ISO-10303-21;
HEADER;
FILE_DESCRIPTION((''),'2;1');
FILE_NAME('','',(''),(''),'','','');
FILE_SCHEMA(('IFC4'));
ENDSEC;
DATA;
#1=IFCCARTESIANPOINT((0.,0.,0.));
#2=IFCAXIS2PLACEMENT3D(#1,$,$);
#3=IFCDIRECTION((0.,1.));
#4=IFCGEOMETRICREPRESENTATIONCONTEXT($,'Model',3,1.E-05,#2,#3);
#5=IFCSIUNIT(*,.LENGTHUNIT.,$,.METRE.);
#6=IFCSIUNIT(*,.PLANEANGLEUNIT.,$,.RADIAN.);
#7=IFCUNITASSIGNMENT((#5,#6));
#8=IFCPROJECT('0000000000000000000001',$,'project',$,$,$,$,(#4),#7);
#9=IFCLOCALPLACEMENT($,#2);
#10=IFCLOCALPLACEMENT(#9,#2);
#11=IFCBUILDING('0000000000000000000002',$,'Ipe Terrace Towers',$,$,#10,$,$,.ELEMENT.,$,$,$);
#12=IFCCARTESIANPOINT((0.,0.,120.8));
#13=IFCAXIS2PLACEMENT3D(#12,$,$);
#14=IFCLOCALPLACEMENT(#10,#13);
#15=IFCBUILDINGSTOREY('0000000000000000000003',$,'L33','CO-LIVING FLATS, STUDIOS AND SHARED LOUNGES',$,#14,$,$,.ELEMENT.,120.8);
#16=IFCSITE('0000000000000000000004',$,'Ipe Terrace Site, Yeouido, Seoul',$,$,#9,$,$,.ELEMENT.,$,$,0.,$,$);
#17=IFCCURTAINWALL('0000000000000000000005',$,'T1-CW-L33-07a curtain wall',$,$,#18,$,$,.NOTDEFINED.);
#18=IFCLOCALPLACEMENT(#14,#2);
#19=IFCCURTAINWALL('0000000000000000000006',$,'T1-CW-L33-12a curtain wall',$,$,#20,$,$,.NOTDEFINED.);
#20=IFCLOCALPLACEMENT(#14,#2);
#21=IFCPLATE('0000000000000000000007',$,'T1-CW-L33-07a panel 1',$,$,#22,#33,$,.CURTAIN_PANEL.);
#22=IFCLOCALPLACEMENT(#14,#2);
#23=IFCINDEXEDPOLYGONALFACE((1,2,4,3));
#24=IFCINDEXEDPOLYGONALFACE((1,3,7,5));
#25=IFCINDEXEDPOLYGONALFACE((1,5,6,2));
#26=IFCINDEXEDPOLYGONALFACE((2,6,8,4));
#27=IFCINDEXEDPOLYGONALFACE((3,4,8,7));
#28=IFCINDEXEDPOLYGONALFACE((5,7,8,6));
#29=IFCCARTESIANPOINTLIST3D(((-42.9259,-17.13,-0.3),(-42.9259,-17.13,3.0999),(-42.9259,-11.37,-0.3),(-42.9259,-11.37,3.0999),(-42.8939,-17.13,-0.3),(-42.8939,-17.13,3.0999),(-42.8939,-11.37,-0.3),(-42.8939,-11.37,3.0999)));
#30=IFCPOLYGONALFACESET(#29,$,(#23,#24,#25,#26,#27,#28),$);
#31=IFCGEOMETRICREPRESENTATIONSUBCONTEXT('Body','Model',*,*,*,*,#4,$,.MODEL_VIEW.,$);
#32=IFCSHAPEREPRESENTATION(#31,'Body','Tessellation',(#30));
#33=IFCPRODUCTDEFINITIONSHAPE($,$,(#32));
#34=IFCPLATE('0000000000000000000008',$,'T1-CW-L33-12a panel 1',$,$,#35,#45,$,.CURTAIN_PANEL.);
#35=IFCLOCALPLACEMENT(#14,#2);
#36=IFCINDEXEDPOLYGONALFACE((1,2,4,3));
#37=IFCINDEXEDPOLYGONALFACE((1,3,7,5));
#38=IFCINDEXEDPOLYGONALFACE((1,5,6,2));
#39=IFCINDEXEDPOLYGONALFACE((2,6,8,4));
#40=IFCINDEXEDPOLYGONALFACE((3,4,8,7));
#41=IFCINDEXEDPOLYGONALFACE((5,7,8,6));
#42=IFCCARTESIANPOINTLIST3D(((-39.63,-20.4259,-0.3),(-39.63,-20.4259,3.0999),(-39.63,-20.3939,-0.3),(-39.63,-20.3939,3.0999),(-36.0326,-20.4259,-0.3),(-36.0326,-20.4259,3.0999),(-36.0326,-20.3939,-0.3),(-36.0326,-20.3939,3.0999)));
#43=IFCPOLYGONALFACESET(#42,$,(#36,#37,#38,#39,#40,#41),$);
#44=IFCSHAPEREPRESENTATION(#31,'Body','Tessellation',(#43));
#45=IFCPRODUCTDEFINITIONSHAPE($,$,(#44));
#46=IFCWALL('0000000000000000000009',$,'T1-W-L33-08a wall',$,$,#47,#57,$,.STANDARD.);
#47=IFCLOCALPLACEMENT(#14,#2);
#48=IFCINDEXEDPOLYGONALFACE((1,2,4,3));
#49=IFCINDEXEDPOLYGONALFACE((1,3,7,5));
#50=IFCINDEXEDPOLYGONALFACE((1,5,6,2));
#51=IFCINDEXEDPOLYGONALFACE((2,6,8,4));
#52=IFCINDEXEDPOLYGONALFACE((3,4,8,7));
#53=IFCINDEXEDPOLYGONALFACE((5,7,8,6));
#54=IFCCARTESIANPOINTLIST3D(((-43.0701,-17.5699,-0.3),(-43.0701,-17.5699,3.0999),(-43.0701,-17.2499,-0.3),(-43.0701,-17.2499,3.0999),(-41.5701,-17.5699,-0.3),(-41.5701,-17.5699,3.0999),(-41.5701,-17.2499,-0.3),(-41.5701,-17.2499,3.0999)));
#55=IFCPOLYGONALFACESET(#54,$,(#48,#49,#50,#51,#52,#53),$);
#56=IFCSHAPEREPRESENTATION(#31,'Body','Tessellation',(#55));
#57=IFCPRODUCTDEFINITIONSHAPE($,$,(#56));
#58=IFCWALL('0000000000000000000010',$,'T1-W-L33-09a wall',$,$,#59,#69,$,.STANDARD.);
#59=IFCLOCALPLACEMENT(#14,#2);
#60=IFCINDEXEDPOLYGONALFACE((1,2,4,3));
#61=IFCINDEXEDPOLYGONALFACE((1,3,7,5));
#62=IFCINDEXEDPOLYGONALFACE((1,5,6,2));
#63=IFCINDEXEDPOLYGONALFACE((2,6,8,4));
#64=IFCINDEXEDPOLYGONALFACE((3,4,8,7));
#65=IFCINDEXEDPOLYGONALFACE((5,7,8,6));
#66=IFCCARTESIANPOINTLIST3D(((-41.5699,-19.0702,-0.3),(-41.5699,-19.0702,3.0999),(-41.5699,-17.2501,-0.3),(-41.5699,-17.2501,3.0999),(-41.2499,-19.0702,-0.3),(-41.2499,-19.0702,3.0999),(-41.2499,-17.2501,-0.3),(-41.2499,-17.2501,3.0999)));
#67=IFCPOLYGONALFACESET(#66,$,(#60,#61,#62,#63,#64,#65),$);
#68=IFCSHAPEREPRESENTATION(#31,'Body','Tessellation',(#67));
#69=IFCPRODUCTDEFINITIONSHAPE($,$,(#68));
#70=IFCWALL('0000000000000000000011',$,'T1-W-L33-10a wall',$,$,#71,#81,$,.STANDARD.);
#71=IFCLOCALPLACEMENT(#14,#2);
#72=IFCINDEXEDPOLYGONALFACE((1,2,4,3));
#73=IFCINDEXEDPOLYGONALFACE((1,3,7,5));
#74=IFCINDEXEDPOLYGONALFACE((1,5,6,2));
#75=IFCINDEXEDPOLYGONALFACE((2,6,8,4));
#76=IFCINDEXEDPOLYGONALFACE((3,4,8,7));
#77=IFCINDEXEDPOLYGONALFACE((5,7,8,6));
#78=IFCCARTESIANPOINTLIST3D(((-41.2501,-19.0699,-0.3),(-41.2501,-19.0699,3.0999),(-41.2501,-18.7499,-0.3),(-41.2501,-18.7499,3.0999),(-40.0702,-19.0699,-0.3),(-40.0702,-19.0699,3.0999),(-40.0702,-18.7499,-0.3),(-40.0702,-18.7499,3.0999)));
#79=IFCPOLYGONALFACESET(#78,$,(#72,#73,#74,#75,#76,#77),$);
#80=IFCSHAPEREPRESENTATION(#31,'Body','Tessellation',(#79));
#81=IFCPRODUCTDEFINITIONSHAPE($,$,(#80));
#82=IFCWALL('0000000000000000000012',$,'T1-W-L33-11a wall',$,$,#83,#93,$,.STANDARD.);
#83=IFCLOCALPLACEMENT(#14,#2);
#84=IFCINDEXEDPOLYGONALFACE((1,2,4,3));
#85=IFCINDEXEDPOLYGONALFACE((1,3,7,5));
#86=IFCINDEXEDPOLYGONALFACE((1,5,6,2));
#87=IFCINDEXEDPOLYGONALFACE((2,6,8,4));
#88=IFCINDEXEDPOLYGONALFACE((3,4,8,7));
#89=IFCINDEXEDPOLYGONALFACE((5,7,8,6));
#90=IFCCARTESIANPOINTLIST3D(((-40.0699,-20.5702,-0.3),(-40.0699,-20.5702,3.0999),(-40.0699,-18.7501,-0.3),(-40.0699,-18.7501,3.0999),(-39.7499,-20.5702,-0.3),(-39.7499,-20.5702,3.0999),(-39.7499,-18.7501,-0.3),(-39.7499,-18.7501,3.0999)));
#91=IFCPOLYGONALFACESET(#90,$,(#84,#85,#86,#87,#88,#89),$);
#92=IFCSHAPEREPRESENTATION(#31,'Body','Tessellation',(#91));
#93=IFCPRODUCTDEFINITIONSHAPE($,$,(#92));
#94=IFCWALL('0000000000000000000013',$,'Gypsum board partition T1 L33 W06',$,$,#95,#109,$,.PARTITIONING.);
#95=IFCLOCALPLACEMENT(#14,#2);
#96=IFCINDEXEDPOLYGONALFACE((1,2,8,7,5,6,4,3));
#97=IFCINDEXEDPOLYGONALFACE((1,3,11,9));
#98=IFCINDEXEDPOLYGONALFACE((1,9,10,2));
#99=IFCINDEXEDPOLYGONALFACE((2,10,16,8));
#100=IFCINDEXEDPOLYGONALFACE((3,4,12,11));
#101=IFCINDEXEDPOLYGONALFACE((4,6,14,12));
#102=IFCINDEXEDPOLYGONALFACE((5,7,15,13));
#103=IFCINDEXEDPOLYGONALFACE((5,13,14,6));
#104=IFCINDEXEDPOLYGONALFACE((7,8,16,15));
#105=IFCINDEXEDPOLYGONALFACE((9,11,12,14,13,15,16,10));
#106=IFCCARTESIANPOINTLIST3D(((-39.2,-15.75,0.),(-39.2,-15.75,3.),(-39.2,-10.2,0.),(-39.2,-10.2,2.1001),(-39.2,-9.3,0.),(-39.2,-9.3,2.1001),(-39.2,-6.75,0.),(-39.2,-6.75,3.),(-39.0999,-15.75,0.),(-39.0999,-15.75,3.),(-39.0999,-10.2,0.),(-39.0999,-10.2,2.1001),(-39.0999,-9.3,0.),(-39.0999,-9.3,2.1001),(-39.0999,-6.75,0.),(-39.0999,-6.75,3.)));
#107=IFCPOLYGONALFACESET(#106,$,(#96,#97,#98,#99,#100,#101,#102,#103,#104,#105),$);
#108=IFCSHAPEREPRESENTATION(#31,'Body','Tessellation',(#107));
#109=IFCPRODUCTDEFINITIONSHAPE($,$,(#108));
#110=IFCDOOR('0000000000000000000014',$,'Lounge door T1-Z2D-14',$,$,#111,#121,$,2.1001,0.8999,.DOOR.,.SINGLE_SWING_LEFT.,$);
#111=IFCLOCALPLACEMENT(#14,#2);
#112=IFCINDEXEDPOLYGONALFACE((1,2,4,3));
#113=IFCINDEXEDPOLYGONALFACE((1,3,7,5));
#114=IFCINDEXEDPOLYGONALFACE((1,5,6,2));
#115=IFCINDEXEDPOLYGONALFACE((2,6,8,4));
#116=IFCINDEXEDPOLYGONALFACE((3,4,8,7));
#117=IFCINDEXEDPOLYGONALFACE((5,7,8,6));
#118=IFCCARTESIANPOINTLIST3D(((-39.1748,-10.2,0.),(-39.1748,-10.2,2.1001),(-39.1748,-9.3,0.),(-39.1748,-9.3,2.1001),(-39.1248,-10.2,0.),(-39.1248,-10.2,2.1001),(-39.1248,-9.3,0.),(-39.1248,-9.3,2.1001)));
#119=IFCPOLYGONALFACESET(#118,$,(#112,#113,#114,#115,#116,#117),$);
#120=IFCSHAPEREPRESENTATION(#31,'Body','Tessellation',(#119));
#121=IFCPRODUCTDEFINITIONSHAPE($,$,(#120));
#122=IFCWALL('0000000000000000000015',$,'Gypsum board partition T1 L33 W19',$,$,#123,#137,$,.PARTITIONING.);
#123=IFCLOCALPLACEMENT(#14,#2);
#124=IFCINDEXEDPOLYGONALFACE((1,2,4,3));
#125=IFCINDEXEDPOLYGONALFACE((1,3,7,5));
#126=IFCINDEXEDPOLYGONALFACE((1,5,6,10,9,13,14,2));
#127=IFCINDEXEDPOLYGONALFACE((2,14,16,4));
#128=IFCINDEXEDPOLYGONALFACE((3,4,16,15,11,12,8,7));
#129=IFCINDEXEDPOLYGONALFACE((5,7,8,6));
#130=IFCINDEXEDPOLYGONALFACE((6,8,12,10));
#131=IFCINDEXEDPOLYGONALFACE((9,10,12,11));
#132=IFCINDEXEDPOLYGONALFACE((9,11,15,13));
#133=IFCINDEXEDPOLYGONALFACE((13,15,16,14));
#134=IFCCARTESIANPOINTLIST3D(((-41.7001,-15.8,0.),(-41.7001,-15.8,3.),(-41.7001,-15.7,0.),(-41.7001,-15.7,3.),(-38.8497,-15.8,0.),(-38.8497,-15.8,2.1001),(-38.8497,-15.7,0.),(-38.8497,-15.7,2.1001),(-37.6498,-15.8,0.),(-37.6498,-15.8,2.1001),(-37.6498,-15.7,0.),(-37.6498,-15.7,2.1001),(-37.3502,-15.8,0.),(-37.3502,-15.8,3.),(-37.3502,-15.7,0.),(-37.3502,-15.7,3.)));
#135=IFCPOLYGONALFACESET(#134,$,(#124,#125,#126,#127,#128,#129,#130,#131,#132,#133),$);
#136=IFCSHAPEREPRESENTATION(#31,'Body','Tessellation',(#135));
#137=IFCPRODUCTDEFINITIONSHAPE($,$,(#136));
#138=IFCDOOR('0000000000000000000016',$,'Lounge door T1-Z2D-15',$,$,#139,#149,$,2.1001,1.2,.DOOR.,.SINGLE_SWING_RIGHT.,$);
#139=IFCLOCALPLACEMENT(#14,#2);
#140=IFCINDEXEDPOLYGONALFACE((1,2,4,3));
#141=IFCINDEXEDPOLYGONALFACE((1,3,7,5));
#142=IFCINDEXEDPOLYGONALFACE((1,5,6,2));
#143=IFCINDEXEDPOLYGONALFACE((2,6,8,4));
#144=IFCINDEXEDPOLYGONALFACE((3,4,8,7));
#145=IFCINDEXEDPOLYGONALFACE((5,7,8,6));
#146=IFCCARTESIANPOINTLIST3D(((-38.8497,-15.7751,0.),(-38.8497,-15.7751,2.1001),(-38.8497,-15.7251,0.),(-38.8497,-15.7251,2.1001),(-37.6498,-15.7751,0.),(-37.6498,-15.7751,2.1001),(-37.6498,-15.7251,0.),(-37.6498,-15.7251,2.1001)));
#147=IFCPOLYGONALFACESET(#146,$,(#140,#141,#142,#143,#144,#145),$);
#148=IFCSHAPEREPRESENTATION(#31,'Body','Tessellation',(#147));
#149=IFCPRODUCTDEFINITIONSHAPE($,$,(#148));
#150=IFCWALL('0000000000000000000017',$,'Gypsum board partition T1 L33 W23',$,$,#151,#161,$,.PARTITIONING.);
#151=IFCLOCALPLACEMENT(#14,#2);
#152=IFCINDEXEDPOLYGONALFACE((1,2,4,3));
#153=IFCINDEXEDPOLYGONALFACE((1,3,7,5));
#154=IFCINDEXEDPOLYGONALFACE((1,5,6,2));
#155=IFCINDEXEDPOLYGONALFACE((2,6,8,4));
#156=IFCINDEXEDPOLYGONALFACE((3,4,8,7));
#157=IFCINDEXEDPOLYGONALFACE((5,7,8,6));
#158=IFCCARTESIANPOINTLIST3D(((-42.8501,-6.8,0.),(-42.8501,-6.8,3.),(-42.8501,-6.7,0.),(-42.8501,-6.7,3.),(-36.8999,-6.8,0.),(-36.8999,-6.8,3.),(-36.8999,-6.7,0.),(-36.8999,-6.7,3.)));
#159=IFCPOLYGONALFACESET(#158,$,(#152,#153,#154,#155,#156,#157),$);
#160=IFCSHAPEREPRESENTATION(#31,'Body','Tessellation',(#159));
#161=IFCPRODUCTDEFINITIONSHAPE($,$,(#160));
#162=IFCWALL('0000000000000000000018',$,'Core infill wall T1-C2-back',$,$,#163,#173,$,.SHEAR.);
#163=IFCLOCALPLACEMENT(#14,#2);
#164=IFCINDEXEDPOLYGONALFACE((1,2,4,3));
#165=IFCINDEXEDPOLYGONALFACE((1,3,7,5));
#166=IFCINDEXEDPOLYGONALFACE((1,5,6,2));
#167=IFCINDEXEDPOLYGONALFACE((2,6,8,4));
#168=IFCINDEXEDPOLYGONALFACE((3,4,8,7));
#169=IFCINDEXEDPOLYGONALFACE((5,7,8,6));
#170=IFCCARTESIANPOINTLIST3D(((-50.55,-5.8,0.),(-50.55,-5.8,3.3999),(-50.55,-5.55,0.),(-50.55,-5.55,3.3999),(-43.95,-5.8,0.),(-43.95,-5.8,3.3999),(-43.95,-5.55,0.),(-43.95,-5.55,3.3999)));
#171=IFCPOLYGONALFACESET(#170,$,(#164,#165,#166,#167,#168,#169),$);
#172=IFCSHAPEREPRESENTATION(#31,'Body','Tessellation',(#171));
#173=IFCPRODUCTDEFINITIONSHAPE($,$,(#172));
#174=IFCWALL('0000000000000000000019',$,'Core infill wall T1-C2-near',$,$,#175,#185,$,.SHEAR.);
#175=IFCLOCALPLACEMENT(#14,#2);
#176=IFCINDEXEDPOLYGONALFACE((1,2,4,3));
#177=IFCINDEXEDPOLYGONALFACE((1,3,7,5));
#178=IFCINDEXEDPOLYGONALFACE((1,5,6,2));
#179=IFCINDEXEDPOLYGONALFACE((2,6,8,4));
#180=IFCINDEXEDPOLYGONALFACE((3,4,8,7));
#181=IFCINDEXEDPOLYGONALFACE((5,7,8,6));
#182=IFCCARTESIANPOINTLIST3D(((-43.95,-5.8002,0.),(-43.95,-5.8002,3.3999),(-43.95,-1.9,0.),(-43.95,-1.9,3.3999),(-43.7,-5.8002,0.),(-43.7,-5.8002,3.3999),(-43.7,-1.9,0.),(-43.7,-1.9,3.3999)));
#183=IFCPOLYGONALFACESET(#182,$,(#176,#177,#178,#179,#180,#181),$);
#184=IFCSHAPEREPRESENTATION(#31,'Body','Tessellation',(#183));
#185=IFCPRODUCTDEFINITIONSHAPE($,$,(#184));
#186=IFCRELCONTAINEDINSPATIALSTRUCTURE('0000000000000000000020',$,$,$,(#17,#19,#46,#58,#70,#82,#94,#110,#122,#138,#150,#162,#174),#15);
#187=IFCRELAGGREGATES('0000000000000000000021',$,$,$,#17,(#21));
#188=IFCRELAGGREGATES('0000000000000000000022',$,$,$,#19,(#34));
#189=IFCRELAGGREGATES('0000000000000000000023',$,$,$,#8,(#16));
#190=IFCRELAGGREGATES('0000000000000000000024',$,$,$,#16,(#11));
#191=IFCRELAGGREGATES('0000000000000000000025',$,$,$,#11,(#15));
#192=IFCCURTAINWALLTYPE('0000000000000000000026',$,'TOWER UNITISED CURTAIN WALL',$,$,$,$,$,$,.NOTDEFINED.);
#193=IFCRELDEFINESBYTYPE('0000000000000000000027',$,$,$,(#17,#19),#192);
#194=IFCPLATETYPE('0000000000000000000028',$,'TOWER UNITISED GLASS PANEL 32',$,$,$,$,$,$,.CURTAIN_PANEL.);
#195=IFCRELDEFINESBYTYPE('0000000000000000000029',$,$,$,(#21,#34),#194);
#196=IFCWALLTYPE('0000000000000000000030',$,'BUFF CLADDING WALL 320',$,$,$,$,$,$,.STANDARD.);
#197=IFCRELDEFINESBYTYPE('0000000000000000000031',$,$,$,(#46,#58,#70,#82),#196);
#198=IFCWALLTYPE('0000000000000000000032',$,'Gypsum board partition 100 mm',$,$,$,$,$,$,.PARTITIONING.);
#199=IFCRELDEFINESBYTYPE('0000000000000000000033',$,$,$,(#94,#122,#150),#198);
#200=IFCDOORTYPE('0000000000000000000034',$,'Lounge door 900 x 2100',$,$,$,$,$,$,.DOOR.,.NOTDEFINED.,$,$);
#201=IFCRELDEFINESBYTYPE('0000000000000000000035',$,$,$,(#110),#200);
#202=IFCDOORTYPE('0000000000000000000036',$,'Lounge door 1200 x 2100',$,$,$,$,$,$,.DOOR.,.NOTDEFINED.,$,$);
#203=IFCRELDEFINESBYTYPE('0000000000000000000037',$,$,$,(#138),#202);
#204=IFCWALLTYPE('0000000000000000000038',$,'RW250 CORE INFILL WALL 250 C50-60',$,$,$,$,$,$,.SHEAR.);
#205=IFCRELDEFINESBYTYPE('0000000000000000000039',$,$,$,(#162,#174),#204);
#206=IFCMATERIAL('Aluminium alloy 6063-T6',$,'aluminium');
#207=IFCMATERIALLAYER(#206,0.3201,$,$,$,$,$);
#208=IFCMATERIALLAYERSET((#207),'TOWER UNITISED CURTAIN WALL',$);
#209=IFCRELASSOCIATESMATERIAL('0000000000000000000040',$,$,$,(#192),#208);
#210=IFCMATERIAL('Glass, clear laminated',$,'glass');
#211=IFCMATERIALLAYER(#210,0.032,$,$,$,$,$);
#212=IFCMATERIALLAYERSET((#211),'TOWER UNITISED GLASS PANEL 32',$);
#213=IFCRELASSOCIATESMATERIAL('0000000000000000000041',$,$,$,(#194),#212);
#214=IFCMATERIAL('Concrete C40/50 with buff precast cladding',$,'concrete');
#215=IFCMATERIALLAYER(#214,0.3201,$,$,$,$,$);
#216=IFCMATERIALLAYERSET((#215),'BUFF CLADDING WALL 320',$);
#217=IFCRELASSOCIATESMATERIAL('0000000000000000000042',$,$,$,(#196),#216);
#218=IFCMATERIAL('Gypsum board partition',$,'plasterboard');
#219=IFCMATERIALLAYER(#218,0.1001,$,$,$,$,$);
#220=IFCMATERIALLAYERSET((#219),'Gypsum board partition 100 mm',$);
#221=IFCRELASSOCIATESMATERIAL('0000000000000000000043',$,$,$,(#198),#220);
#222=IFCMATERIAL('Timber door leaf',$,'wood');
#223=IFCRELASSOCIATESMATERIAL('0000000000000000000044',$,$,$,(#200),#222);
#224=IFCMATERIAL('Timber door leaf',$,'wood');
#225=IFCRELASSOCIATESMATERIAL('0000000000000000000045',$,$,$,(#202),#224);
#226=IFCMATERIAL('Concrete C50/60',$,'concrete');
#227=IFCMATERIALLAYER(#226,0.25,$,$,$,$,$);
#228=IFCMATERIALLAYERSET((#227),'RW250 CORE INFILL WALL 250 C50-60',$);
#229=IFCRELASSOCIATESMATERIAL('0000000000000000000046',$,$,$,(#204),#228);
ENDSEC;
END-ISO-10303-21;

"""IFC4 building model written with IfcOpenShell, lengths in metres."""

from ifc_helpers import new_model, si_unit, direction, frame, frame_2d, origin, origin_2d, place, context, subcontext, project, spatial, rectangle, extrude, material, layer, layer_set, type_object, element, fill, aggregate, save


model = new_model("IFC4")

# Units and contexts
model_context = context("Model", 3, precision=1e-05, world=origin(), true_north=direction((0.0, 1.0)))
body_context = subcontext(model_context, "Body", "Model", "MODEL_VIEW")
ifc_project = project(units=[si_unit("LENGTHUNIT", "METRE"), si_unit("PLANEANGLEUNIT", "RADIAN")], contexts=[model_context])

# Site, building, storey
site_placement = place(None, origin())
site = spatial("IfcSite", under=ifc_project, at=site_placement, Name="Ipe Terrace Site, Yeouido, Seoul", CompositionType="ELEMENT", RefElevation=0.0)
building_placement = place(site_placement, origin())
building = spatial("IfcBuilding", under=site, at=building_placement, Name="Ipe Terrace Towers", CompositionType="ELEMENT")
storey_placement = place(building_placement, frame((0.0, 0.0, 120.8)))
storey = spatial("IfcBuildingStorey", under=building, at=storey_placement, Name="L33", Description="CO-LIVING FLATS, STUDIOS AND SHARED LOUNGES", CompositionType="ELEMENT", Elevation=120.8)

# Curtain wall
ifc_material_1 = material(Name="Aluminium alloy 6063-T6", Category="aluminium")
ifc_layer_1 = layer(ifc_material_1, 0.3201)
ifc_layer_set_1 = layer_set([ifc_layer_1], Name="TOWER UNITISED CURTAIN WALL")
curtain_wall_type = type_object("IfcCurtainWallType", Name="TOWER UNITISED CURTAIN WALL", PredefinedType="NOTDEFINED", material=ifc_layer_set_1)
curtain_wall_1_placement = place(storey_placement, origin())
curtain_wall_1 = element("IfcCurtainWall", 1, at=curtain_wall_1_placement, inside=storey, type_object=curtain_wall_type, Name="T1-CW-L33-07a curtain wall", PredefinedType="NOTDEFINED")

# Curtain wall
curtain_wall_2_placement = place(storey_placement, origin())
curtain_wall_2 = element("IfcCurtainWall", 2, at=curtain_wall_2_placement, inside=storey, type_object=curtain_wall_type, Name="T1-CW-L33-12a curtain wall", PredefinedType="NOTDEFINED")

# Plates
ifc_material_2 = material(Name="Glass, clear laminated", Category="glass")
ifc_layer_2 = layer(ifc_material_2, 0.032)
ifc_layer_set_2 = layer_set([ifc_layer_2], Name="TOWER UNITISED GLASS PANEL 32")
plate_type = type_object("IfcPlateType", Name="TOWER UNITISED GLASS PANEL 32", PredefinedType="CURTAIN_PANEL", material=ifc_layer_set_2)
plate_1_placement = place(storey_placement, frame((-42.9099, -14.25, -0.3), z_axis=(0.0, 0.0, 1.0), x_axis=(0.0, -1.0, 0.0)))
plate_1 = element("IfcPlate", 3, at=plate_1_placement, type_object=plate_type, Name="T1-CW-L33-07a panel 1", PredefinedType="CURTAIN_PANEL", context=body_context, shape_type="SweptSolid", body=[
    extrude(rectangle(XDim=5.76, YDim=0.032, at=origin_2d()), origin(), (0.0, 0.0, 1.0), 3.3999),
])
aggregate(curtain_wall_1, [plate_1])
plate_2_placement = place(storey_placement, frame((-37.8313, -20.4099, -0.3), z_axis=(0.0, 0.0, 1.0), x_axis=(1.0, 0.0, 0.0)))
plate_2 = element("IfcPlate", 4, at=plate_2_placement, type_object=plate_type, Name="T1-CW-L33-12a panel 1", PredefinedType="CURTAIN_PANEL", context=body_context, shape_type="SweptSolid", body=[
    extrude(rectangle(XDim=3.5974, YDim=0.032, at=origin_2d()), origin(), (0.0, 0.0, 1.0), 3.3999),
])
aggregate(curtain_wall_2, [plate_2])

# Walls
ifc_material_3 = material(Name="Concrete C40/50 with buff precast cladding", Category="concrete")
ifc_layer_3 = layer(ifc_material_3, 0.3201)
ifc_layer_set_3 = layer_set([ifc_layer_3], Name="BUFF CLADDING WALL 320")
wall_type_1 = type_object("IfcWallType", Name="BUFF CLADDING WALL 320", PredefinedType="STANDARD", material=ifc_layer_set_3)
wall_1_placement = place(storey_placement, frame((-43.0701, -17.4099, -0.3), z_axis=(0.0, 0.0, 1.0), x_axis=(1.0, 0.0, 0.0)))
element("IfcWall", 5, at=wall_1_placement, inside=storey, type_object=wall_type_1, Name="T1-W-L33-08a wall", PredefinedType="STANDARD", context=body_context, shape_type="SweptSolid", body=[
    extrude(rectangle(XDim=1.5, YDim=0.3201, at=frame_2d((0.75, 0.0))), origin(), (0.0, 0.0, 1.0), 3.3999),
])
wall_2_placement = place(storey_placement, frame((-41.4099, -17.25, -0.3), z_axis=(0.0, 0.0, 1.0), x_axis=(0.0, -1.0, 0.0)))
element("IfcWall", 6, at=wall_2_placement, inside=storey, type_object=wall_type_1, Name="T1-W-L33-09a wall", PredefinedType="STANDARD", context=body_context, shape_type="SweptSolid", body=[
    extrude(rectangle(XDim=1.8201, YDim=0.3201, at=frame_2d((0.9102, 0.0))), origin(), (0.0, 0.0, 1.0), 3.3999),
])
wall_3_placement = place(storey_placement, frame((-41.25, -18.9099, -0.3), z_axis=(0.0, 0.0, 1.0), x_axis=(1.0, 0.0, 0.0)))
element("IfcWall", 7, at=wall_3_placement, inside=storey, type_object=wall_type_1, Name="T1-W-L33-10a wall", PredefinedType="STANDARD", context=body_context, shape_type="SweptSolid", body=[
    extrude(rectangle(XDim=1.1799, YDim=0.3201, at=frame_2d((0.5898, 0.0))), origin(), (0.0, 0.0, 1.0), 3.3999),
])
wall_4_placement = place(storey_placement, frame((-39.9099, -18.75, -0.3), z_axis=(0.0, 0.0, 1.0), x_axis=(0.0, -1.0, 0.0)))
element("IfcWall", 8, at=wall_4_placement, inside=storey, type_object=wall_type_1, Name="T1-W-L33-11a wall", PredefinedType="STANDARD", context=body_context, shape_type="SweptSolid", body=[
    extrude(rectangle(XDim=1.8201, YDim=0.3201, at=frame_2d((0.9102, 0.0))), origin(), (0.0, 0.0, 1.0), 3.3999),
])

# Walls, openings, doors
ifc_material_4 = material(Name="Gypsum board partition", Category="plasterboard")
ifc_layer_4 = layer(ifc_material_4, 0.1001)
ifc_layer_set_4 = layer_set([ifc_layer_4], Name="Gypsum board partition 100 mm")
wall_type_2 = type_object("IfcWallType", Name="Gypsum board partition 100 mm", PredefinedType="PARTITIONING", material=ifc_layer_set_4)
wall_5_placement = place(storey_placement, frame((-39.1499, -15.75, 0.0), z_axis=(0.0, 0.0, 1.0), x_axis=(0.0, 1.0, 0.0)))
wall_5 = element("IfcWall", 9, at=wall_5_placement, inside=storey, type_object=wall_type_2, Name="Gypsum board partition T1 L33 W06", PredefinedType="PARTITIONING", context=body_context, shape_type="SweptSolid", body=[
    extrude(rectangle(XDim=9.0, YDim=0.1001, at=frame_2d((4.5, 0.0))), origin(), (0.0, 0.0, 1.0), 3.0),
])
opening_1_placement = place(wall_5_placement, frame((5.55, 0.0, 0.0)))
opening_1 = element("IfcOpeningElement", 10, at=opening_1_placement, cuts=wall_5, PredefinedType="OPENING", context=body_context, shape_type="SweptSolid", body=[
    extrude(rectangle(XDim=0.8999, YDim=2.1001, at=frame_2d((0.45, 1.05))), frame((0.0, 0.0601, 0.0), z_axis=(0.0, -1.0, 0.0), x_axis=(1.0, 0.0, 0.0)), (0.0, 0.0, 1.0), 0.1201),
])
ifc_material_5 = material(Name="Timber door leaf", Category="wood")
door_type_1 = type_object("IfcDoorType", Name="Lounge door 900 x 2100", OperationType="NOTDEFINED", PredefinedType="DOOR", material=ifc_material_5)
door_1_placement = place(opening_1_placement, origin())
door_1 = element("IfcDoor", 11, at=door_1_placement, inside=storey, type_object=door_type_1, Name="Lounge door T1-Z2D-14", OperationType="SINGLE_SWING_LEFT", OverallHeight=2.1001, OverallWidth=0.8999, PredefinedType="DOOR", context=body_context, shape_type="SweptSolid", body=[
    extrude(rectangle(XDim=0.8999, YDim=2.1001, at=frame_2d((0.45, 1.05))), frame((0.0, 0.0249, 0.0), z_axis=(0.0, -1.0, 0.0), x_axis=(1.0, 0.0, 0.0)), (0.0, 0.0, 1.0), 0.05),
])
fill(opening_1, door_1)
wall_6_placement = place(storey_placement, frame((-41.7, -15.75, 0.0), z_axis=(0.0, 0.0, 1.0), x_axis=(1.0, 0.0, 0.0)))
wall_6 = element("IfcWall", 12, at=wall_6_placement, inside=storey, type_object=wall_type_2, Name="Gypsum board partition T1 L33 W19", PredefinedType="PARTITIONING", context=body_context, shape_type="SweptSolid", body=[
    extrude(rectangle(XDim=4.3499, YDim=0.1001, at=frame_2d((2.1748, 0.0))), origin(), (0.0, 0.0, 1.0), 3.0),
])
opening_2_placement = place(wall_6_placement, frame((2.8501, 0.0, 0.0)))
opening_2 = element("IfcOpeningElement", 13, at=opening_2_placement, cuts=wall_6, PredefinedType="OPENING", context=body_context, shape_type="SweptSolid", body=[
    extrude(rectangle(XDim=1.2, YDim=2.1001, at=frame_2d((0.6001, 1.05))), frame((0.0, 0.0601, 0.0), z_axis=(0.0, -1.0, 0.0), x_axis=(1.0, 0.0, 0.0)), (0.0, 0.0, 1.0), 0.1201),
])
ifc_material_6 = material(Name="Timber door leaf", Category="wood")
door_type_2 = type_object("IfcDoorType", Name="Lounge door 1200 x 2100", OperationType="NOTDEFINED", PredefinedType="DOOR", material=ifc_material_6)
door_2_placement = place(opening_2_placement, origin())
door_2 = element("IfcDoor", 14, at=door_2_placement, inside=storey, type_object=door_type_2, Name="Lounge door T1-Z2D-15", OperationType="SINGLE_SWING_RIGHT", OverallHeight=2.1001, OverallWidth=1.2, PredefinedType="DOOR", context=body_context, shape_type="SweptSolid", body=[
    extrude(rectangle(XDim=1.2, YDim=2.1001, at=frame_2d((0.6001, 1.05))), frame((0.0, 0.0249, 0.0), z_axis=(0.0, -1.0, 0.0), x_axis=(1.0, 0.0, 0.0)), (0.0, 0.0, 1.0), 0.05),
])
fill(opening_2, door_2)

# Walls
wall_7_placement = place(storey_placement, frame((-42.8501, -6.75, 0.0), z_axis=(0.0, 0.0, 1.0), x_axis=(1.0, 0.0, 0.0)))
element("IfcWall", 15, at=wall_7_placement, inside=storey, type_object=wall_type_2, Name="Gypsum board partition T1 L33 W23", PredefinedType="PARTITIONING", context=body_context, shape_type="SweptSolid", body=[
    extrude(rectangle(XDim=5.9502, YDim=0.1001, at=frame_2d((2.9751, 0.0))), origin(), (0.0, 0.0, 1.0), 3.0),
])
ifc_material_7 = material(Name="Concrete C50/60", Category="concrete")
ifc_layer_5 = layer(ifc_material_7, 0.25)
ifc_layer_set_5 = layer_set([ifc_layer_5], Name="RW250 CORE INFILL WALL 250 C50-60")
wall_type_3 = type_object("IfcWallType", Name="RW250 CORE INFILL WALL 250 C50-60", PredefinedType="SHEAR", material=ifc_layer_set_5)
wall_8_placement = place(storey_placement, frame((-43.95, -5.675, 0.0), z_axis=(0.0, 0.0, 1.0), x_axis=(-1.0, 0.0, 0.0)))
element("IfcWall", 16, at=wall_8_placement, inside=storey, type_object=wall_type_3, Name="Core infill wall T1-C2-back", PredefinedType="SHEAR", context=body_context, shape_type="SweptSolid", body=[
    extrude(rectangle(XDim=6.6001, YDim=0.25, at=frame_2d((3.3, 0.0))), origin(), (0.0, 0.0, 1.0), 3.3999),
])
wall_9_placement = place(storey_placement, frame((-43.825, -1.8999, 0.0), z_axis=(0.0, 0.0, 1.0), x_axis=(0.0, -1.0, 0.0)))
element("IfcWall", 17, at=wall_9_placement, inside=storey, type_object=wall_type_3, Name="Core infill wall T1-C2-near", PredefinedType="SHEAR", context=body_context, shape_type="SweptSolid", body=[
    extrude(rectangle(XDim=3.9001, YDim=0.25, at=frame_2d((1.9502, 0.0))), origin(), (0.0, 0.0, 1.0), 3.3999),
])

save(model, "model.ifc")
